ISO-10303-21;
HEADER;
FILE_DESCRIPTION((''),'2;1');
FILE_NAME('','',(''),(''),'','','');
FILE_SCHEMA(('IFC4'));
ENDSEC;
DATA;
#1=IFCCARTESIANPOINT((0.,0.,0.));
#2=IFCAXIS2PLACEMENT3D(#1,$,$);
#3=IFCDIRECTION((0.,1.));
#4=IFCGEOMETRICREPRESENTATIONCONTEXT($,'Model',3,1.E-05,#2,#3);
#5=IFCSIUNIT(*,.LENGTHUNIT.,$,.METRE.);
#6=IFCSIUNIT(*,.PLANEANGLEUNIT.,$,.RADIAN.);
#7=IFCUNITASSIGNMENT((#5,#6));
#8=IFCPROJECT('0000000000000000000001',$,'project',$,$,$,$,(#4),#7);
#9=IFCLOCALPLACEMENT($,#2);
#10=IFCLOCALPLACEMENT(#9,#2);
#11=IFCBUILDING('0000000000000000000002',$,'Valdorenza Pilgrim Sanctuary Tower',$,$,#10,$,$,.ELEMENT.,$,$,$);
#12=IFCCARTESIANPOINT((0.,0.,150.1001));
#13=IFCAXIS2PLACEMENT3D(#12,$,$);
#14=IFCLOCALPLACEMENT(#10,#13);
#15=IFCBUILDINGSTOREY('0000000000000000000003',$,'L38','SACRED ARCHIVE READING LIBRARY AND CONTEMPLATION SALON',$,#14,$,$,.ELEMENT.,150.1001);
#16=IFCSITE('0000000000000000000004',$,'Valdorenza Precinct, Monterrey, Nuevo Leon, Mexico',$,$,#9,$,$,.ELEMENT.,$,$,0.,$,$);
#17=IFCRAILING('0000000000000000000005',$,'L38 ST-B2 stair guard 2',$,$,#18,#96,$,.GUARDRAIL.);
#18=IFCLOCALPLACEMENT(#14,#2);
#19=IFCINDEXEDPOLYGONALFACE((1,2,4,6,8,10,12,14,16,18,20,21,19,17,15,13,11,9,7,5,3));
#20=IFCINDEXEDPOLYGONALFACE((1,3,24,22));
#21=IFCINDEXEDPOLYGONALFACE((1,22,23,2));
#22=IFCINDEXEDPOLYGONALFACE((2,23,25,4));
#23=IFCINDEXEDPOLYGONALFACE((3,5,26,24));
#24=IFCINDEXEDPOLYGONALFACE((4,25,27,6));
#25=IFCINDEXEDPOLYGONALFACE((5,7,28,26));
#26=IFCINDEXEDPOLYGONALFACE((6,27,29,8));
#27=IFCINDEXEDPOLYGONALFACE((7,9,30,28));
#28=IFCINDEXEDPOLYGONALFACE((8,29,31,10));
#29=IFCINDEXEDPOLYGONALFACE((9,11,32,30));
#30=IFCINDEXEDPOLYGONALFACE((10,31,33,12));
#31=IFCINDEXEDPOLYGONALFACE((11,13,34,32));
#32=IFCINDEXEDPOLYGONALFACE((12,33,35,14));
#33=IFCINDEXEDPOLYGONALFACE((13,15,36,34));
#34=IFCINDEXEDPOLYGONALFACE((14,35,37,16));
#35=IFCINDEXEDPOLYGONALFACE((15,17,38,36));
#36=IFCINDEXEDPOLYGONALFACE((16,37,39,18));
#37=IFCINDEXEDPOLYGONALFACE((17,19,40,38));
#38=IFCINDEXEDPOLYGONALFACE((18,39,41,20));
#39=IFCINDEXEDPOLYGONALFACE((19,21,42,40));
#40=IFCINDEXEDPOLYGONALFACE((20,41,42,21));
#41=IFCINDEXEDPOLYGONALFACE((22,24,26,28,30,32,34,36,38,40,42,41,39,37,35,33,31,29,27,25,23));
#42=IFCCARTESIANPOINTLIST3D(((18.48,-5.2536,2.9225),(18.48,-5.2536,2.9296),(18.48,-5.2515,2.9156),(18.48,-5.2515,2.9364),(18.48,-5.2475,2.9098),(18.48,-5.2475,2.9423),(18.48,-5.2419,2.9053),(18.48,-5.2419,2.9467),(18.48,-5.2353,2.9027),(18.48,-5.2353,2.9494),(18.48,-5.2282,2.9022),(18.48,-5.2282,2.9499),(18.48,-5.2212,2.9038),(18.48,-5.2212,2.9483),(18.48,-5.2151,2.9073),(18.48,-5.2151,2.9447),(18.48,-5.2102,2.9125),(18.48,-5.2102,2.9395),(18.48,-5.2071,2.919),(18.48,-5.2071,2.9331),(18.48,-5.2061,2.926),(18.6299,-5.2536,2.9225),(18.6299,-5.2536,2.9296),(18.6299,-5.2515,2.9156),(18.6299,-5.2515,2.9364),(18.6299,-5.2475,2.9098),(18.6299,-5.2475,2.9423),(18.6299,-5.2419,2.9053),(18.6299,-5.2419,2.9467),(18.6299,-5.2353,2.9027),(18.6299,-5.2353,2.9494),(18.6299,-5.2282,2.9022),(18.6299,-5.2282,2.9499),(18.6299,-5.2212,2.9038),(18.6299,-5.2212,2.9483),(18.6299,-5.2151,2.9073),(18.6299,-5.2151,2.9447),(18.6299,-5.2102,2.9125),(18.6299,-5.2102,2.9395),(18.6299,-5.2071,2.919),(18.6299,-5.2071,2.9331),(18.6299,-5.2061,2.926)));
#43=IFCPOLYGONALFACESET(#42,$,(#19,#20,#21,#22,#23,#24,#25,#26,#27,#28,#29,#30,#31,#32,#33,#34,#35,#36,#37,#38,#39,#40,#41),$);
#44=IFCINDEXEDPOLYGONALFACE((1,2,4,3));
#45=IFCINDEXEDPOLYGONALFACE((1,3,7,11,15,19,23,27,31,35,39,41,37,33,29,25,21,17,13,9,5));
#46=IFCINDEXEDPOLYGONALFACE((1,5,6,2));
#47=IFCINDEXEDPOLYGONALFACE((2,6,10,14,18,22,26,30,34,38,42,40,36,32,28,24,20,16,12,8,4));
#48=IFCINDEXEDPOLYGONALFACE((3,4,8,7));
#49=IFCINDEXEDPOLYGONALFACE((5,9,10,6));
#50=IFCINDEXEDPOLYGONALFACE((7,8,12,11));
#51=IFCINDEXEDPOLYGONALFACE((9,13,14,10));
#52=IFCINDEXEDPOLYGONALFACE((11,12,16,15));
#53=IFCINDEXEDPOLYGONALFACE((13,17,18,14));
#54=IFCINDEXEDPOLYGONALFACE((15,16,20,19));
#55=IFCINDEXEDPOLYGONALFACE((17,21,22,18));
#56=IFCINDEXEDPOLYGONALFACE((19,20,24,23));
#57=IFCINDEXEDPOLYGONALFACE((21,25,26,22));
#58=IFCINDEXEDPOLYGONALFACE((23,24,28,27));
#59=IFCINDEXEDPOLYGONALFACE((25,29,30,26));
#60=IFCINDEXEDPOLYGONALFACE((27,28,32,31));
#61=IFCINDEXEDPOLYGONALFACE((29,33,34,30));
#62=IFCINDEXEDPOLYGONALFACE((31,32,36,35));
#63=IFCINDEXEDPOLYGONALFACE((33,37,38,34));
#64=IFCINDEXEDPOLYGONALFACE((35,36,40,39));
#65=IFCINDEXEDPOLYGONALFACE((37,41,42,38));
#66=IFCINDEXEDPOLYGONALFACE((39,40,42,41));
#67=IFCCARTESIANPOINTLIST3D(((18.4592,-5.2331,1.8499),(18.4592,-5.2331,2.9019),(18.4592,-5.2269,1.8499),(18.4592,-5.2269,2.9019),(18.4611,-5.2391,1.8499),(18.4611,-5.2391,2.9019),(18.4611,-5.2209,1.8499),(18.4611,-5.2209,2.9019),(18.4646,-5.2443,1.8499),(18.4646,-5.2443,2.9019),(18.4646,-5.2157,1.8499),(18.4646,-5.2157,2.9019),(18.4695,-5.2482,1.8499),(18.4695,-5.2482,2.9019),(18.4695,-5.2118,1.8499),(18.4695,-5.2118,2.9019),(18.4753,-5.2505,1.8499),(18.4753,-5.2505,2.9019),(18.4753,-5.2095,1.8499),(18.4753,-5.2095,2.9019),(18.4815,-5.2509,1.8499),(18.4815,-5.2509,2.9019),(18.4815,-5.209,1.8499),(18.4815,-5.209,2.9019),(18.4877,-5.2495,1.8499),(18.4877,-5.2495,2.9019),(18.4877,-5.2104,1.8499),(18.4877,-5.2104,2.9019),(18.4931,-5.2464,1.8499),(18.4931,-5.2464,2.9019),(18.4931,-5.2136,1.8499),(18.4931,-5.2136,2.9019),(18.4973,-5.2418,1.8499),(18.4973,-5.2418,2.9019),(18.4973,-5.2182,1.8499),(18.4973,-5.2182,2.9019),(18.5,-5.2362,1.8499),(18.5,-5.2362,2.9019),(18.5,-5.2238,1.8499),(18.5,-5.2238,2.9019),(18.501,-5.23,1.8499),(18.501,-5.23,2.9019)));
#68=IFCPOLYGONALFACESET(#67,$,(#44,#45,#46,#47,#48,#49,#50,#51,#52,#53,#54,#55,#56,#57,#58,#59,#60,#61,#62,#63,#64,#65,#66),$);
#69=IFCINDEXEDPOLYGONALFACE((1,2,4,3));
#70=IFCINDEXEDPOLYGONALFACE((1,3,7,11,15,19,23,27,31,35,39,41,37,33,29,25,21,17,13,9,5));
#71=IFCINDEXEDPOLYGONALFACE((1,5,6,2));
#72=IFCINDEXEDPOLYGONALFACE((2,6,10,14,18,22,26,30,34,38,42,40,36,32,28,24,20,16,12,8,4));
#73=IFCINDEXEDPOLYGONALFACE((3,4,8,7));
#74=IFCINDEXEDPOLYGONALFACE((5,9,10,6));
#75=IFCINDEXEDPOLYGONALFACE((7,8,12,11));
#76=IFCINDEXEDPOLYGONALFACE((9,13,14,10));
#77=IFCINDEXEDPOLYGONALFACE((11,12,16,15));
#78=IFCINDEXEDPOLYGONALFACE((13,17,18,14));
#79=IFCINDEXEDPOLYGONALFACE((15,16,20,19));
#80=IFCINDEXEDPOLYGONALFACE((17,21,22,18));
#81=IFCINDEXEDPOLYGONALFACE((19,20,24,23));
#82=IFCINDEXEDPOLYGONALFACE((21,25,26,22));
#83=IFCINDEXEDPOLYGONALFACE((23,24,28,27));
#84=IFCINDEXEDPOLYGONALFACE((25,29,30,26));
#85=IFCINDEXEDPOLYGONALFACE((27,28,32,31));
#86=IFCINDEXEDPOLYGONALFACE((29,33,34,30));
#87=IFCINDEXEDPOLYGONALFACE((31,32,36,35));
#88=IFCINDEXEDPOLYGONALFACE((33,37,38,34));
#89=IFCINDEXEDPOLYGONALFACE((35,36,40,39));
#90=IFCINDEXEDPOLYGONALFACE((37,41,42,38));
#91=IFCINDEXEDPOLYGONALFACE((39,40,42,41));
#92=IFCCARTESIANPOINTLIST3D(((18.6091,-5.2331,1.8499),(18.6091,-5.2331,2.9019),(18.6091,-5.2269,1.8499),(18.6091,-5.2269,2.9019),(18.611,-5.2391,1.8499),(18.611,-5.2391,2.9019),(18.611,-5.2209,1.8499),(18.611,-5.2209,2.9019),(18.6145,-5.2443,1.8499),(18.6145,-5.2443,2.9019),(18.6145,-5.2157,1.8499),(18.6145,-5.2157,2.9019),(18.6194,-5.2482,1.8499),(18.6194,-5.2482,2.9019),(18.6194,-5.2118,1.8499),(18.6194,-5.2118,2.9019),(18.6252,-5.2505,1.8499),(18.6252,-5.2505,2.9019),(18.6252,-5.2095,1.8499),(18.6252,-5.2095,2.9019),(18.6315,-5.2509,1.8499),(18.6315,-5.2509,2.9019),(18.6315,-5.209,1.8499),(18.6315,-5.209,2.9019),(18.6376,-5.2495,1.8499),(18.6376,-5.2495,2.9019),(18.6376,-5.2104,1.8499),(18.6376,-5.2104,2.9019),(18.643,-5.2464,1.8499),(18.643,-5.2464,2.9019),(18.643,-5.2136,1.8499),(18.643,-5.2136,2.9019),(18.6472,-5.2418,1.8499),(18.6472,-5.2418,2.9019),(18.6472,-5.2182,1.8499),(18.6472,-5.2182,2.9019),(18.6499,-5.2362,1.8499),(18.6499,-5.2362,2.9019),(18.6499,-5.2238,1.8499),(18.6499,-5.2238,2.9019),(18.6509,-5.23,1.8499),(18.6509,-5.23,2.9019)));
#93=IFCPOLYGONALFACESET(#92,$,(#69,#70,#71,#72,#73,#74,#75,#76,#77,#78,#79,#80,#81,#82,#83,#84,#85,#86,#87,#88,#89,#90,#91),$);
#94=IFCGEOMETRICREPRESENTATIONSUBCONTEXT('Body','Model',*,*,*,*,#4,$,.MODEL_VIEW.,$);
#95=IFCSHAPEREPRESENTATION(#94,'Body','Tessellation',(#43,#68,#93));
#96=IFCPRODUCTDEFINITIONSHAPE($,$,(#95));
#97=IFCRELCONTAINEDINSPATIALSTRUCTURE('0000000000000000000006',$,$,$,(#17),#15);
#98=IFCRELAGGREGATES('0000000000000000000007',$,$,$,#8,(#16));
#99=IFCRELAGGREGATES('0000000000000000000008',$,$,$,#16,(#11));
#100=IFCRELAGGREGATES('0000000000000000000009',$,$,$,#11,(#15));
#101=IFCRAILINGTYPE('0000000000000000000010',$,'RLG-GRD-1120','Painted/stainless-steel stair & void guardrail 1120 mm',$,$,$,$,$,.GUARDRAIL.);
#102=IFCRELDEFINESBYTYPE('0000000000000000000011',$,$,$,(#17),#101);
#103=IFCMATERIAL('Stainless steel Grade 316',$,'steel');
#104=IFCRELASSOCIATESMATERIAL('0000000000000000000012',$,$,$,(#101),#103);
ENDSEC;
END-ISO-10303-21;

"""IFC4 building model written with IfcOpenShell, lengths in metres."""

from ifc_helpers import new_model, si_unit, direction, frame, origin, origin_2d, place, context, subcontext, project, spatial, circle, extrude, material, type_object, element, save


model = new_model("IFC4")

# Units and contexts
model_context = context("Model", 3, precision=1e-05, world=origin(), true_north=direction((0.0, 1.0)))
body_context = subcontext(model_context, "Body", "Model", "MODEL_VIEW")
ifc_project = project(units=[si_unit("LENGTHUNIT", "METRE"), si_unit("PLANEANGLEUNIT", "RADIAN")], contexts=[model_context])

# Site, building, storey
site_placement = place(None, origin())
site = spatial("IfcSite", under=ifc_project, at=site_placement, Name="Valdorenza Precinct, Monterrey, Nuevo Leon, Mexico", CompositionType="ELEMENT", RefElevation=0.0)
building_placement = place(site_placement, origin())
building = spatial("IfcBuilding", under=site, at=building_placement, Name="Valdorenza Pilgrim Sanctuary Tower", CompositionType="ELEMENT")
storey_placement = place(building_placement, frame((0.0, 0.0, 150.1001)))
storey = spatial("IfcBuildingStorey", under=building, at=storey_placement, Name="L38", Description="SACRED ARCHIVE READING LIBRARY AND CONTEMPLATION SALON", CompositionType="ELEMENT", Elevation=150.1001)

# Railing
ifc_material_1 = material(Name="Stainless steel Grade 316", Category="steel")
railing_type_1 = type_object("IfcRailingType", Name="RLG-GRD-1120", Description="Painted/stainless-steel stair & void guardrail 1120 mm", PredefinedType="GUARDRAIL", material=ifc_material_1)
railing_1_placement = place(storey_placement, frame((18.48, -5.23, 1.8499)))
element("IfcRailing", 1, at=railing_1_placement, inside=storey, type_object=railing_type_1, Name="L38 ST-B2 stair guard 2", PredefinedType="GUARDRAIL", context=body_context, shape_type="SweptSolid", body=[
    extrude(circle(Radius=0.0239, at=origin_2d()), frame((0.0, 0.0, 1.0762), z_axis=(1.0, 0.0, 0.0), x_axis=(0.0, 1.0, 0.0)), (0.0, 0.0, 1.0), 0.1499),
    extrude(circle(Radius=0.021, at=origin_2d()), origin(), (0.0, 0.0, 1.0), 1.052),
    extrude(circle(Radius=0.021, at=origin_2d()), frame((0.1499, 0.0, 0.0)), (0.0, 0.0, 1.0), 1.052),
])

save(model, "model.ifc")
